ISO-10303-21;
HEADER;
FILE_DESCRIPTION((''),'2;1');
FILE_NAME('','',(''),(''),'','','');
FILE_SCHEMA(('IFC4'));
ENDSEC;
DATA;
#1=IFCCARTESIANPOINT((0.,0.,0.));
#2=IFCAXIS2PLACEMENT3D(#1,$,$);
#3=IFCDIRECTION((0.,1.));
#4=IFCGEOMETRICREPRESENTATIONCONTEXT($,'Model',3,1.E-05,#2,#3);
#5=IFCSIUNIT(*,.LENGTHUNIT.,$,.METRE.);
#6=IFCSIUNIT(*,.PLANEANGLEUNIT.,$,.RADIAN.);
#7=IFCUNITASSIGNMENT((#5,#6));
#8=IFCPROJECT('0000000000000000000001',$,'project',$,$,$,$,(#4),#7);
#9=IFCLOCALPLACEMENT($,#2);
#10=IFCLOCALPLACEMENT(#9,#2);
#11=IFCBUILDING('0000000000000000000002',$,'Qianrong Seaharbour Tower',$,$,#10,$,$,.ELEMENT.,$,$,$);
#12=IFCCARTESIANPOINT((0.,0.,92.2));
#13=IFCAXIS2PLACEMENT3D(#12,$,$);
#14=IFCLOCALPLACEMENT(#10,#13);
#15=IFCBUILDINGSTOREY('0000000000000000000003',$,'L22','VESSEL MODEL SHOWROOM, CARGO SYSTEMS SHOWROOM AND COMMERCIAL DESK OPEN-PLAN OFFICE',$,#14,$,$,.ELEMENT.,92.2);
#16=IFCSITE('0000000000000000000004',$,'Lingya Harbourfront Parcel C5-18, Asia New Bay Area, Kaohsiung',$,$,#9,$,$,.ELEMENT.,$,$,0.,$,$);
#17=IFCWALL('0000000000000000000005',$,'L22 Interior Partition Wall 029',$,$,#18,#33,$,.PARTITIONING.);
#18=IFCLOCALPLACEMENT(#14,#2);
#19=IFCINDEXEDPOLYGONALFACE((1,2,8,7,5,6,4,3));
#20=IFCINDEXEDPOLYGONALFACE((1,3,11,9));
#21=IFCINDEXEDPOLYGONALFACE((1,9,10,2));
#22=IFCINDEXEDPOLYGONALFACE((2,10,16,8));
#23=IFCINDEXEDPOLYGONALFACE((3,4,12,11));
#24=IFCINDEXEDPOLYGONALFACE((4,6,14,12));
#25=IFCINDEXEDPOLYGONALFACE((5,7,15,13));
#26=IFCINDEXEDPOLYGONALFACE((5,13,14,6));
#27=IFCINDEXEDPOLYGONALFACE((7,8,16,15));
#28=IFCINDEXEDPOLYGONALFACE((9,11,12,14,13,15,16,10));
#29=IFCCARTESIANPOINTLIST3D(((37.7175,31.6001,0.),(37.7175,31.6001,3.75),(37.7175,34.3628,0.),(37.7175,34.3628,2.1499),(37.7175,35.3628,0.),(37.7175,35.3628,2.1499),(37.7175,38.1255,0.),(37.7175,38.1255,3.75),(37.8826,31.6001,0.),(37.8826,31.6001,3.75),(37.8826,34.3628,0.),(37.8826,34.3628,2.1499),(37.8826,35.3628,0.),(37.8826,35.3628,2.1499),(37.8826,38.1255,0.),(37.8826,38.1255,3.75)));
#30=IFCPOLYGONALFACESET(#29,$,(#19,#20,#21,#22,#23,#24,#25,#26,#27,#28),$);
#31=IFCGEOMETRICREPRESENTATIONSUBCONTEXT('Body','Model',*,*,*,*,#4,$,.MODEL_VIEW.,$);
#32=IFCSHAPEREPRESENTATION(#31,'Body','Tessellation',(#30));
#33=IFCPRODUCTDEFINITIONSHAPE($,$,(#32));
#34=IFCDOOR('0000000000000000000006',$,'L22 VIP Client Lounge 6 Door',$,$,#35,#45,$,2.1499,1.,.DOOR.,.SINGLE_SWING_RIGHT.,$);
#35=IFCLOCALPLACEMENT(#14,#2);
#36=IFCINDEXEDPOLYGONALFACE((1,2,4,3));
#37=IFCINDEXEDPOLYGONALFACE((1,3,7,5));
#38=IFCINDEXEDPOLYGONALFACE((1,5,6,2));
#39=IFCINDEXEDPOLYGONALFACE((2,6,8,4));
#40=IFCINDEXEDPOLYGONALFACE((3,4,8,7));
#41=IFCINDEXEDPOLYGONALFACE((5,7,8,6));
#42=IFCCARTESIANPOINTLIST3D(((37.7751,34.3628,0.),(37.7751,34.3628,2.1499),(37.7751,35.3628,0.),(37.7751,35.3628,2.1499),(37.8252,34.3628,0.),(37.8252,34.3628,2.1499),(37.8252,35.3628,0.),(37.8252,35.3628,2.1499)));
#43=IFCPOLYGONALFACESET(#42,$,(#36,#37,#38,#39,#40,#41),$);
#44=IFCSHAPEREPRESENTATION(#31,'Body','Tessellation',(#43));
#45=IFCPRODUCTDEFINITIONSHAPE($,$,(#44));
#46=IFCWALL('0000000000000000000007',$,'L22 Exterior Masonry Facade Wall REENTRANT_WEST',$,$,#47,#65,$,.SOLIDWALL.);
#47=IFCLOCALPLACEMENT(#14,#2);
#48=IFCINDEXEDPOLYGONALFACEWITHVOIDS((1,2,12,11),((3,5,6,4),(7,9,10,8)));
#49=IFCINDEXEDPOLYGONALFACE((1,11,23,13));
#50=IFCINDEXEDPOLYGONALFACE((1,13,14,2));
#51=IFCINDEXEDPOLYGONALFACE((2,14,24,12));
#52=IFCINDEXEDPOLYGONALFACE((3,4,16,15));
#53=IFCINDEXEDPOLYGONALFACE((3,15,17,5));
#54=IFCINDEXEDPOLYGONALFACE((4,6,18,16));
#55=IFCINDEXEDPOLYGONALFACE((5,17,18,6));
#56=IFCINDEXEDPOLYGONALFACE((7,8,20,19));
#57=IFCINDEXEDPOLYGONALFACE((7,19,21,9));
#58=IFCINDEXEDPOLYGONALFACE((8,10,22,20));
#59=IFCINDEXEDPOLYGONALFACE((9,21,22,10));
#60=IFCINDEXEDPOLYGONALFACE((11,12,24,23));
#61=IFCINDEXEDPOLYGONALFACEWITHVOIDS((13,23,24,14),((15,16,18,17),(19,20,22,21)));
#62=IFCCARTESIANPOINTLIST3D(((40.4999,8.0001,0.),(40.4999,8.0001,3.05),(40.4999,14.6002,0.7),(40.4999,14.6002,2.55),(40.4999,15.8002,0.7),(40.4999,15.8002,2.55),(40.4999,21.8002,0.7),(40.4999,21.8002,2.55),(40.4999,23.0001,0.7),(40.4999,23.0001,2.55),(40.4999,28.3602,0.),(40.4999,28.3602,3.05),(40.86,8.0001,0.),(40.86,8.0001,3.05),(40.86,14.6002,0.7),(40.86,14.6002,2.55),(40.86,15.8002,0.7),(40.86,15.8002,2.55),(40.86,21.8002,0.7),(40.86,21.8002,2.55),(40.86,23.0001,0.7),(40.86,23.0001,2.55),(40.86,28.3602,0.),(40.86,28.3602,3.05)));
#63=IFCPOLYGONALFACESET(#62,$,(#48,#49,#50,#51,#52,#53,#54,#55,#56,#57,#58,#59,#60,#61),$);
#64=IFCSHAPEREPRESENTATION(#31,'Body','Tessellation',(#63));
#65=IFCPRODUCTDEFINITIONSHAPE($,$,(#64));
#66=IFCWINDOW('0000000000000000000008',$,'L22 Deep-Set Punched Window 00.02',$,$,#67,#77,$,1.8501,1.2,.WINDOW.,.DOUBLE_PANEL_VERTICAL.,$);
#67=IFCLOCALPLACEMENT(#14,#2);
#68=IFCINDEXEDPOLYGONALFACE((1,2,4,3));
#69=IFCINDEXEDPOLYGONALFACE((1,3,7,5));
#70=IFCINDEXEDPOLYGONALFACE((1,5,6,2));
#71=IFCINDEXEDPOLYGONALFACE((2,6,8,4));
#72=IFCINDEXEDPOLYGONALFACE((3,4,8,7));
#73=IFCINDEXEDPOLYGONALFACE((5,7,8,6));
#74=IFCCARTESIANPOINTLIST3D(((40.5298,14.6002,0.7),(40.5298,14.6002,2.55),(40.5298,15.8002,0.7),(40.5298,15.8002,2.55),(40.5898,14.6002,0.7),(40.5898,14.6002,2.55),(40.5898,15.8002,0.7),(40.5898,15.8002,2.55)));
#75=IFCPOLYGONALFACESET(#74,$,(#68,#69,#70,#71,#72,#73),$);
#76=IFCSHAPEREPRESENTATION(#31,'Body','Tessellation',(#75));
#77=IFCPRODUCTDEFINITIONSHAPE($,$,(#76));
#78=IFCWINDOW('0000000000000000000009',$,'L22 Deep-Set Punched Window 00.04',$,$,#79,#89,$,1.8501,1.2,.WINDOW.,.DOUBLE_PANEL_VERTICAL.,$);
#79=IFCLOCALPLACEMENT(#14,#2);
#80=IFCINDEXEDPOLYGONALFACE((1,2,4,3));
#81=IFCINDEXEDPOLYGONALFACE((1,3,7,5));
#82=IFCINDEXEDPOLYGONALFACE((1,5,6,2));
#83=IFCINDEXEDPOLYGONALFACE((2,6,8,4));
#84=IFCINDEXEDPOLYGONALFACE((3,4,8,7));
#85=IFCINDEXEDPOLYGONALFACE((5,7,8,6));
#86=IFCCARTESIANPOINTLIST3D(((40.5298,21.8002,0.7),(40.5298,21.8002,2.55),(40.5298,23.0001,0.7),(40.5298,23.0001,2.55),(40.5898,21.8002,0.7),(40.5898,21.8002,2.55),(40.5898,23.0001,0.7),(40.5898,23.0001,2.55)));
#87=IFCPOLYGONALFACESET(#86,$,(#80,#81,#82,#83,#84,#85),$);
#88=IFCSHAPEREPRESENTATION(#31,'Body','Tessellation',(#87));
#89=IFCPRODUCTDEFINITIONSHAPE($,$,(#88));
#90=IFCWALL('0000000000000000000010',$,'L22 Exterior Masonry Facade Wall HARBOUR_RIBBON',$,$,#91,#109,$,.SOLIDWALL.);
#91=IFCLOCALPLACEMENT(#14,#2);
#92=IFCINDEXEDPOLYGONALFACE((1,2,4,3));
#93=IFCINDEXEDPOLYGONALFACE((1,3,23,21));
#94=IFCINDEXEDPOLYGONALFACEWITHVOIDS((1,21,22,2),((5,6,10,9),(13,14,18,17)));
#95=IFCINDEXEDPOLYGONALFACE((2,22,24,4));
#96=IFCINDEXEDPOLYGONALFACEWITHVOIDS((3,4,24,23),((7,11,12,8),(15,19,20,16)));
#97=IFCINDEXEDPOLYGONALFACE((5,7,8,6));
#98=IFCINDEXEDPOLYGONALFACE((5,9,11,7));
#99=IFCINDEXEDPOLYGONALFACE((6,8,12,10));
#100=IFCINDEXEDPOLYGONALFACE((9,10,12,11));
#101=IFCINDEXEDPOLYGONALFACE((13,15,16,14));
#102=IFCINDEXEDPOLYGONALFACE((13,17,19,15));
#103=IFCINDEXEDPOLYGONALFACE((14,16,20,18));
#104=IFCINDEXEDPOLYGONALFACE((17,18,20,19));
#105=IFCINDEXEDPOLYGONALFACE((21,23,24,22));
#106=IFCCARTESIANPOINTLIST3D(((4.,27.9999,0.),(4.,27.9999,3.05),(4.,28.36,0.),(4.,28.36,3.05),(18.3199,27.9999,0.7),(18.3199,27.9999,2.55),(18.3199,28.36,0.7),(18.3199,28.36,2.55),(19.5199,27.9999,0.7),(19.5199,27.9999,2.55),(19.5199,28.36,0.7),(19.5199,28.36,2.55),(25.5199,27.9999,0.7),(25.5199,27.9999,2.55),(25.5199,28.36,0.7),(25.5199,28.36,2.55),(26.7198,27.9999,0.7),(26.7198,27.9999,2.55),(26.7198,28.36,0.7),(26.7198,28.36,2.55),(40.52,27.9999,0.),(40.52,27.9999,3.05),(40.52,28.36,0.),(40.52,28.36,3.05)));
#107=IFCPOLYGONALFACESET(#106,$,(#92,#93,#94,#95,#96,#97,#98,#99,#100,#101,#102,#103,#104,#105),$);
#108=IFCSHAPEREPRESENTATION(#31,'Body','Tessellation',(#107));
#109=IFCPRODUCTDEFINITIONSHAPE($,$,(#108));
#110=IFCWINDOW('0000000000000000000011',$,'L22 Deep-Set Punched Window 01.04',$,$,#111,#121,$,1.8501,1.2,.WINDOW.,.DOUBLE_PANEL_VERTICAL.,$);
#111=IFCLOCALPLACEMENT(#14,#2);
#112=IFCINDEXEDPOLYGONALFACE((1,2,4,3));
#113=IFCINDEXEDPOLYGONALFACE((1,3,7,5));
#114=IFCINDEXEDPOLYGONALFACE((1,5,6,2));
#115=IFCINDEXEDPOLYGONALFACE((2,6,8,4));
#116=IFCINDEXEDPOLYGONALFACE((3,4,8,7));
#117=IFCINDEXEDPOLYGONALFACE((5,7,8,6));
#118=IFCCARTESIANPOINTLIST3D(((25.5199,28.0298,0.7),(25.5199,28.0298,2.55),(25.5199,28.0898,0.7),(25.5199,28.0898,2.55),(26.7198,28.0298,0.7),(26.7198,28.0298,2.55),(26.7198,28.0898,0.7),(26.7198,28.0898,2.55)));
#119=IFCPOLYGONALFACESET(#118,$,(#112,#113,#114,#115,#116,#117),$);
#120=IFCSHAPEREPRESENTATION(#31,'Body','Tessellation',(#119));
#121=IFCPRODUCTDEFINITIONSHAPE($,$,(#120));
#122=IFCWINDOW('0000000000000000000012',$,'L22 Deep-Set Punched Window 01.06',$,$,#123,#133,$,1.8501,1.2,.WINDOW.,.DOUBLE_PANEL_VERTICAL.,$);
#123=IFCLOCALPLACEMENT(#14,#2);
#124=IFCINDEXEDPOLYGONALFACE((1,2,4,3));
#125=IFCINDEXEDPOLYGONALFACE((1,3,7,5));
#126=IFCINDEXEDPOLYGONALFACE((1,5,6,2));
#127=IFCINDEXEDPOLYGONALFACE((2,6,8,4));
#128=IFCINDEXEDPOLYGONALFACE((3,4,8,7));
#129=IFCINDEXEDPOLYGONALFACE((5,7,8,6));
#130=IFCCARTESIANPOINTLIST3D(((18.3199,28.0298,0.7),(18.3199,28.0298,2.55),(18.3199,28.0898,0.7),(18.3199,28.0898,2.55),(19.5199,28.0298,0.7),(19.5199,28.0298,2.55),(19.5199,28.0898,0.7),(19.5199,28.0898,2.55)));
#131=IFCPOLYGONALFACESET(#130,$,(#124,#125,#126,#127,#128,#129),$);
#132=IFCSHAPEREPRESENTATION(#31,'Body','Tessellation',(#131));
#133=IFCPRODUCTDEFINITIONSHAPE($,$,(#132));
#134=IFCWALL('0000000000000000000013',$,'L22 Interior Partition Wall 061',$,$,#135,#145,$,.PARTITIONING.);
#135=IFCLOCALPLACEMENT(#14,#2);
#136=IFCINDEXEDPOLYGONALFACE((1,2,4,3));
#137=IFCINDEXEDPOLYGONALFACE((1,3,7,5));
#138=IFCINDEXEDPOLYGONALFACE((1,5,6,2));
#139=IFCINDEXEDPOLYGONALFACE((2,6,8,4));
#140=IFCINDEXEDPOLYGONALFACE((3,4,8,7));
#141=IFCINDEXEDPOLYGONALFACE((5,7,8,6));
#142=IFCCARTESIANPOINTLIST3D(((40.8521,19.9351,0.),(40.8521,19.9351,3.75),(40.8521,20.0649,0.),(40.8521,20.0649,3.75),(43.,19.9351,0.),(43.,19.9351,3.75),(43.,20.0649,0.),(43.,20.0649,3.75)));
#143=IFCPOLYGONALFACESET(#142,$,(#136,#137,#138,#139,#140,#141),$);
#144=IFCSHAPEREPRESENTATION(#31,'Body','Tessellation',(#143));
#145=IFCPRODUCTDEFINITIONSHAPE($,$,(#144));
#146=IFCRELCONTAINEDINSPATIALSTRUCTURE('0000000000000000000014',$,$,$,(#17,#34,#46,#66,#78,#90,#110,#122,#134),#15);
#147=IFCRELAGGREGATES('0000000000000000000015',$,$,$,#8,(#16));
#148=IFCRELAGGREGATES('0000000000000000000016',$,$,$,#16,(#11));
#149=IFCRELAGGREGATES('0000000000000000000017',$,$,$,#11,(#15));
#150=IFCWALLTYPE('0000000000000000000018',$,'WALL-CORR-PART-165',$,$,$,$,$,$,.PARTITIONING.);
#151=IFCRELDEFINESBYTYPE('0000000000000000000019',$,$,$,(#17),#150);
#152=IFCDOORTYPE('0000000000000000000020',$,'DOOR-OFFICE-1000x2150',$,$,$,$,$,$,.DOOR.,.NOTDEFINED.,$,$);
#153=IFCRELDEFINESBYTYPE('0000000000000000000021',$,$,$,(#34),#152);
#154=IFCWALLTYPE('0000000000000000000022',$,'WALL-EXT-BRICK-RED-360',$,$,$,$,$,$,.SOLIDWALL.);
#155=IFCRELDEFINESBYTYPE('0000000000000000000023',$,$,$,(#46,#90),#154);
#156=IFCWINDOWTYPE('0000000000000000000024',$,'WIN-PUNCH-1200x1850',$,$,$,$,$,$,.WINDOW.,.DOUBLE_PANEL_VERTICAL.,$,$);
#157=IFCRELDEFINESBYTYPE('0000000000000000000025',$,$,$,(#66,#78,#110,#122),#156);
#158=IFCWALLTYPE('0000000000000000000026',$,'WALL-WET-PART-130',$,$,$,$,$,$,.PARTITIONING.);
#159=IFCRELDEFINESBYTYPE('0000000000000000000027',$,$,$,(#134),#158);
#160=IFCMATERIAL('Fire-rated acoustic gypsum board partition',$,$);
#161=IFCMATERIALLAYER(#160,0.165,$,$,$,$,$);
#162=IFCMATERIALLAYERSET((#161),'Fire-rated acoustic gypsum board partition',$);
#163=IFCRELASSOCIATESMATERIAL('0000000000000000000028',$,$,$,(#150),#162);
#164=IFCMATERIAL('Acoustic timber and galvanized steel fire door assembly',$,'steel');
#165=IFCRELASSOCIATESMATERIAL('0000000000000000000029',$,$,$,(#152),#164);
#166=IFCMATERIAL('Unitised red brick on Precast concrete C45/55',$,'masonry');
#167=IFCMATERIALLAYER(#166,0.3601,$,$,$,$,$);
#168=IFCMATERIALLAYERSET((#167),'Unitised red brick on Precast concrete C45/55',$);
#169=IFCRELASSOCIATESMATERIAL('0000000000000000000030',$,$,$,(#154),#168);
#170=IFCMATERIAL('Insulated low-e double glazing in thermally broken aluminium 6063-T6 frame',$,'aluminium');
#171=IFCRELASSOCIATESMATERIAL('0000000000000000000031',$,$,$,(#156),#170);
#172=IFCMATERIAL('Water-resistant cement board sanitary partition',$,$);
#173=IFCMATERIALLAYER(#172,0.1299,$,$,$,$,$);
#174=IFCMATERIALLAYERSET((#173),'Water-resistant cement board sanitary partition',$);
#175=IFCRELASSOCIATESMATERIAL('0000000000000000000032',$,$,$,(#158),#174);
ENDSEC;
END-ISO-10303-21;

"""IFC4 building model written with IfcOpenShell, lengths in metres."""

from ifc_helpers import new_model, si_unit, direction, frame, frame_2d, origin, place, context, subcontext, project, spatial, rectangle, extrude, material, layer, layer_set, type_object, element, fill, save


model = new_model("IFC4")

# Units and contexts
model_context = context("Model", 3, precision=1e-05, world=origin(), true_north=direction((0.0, 1.0)))
body_context = subcontext(model_context, "Body", "Model", "MODEL_VIEW")
ifc_project = project(units=[si_unit("LENGTHUNIT", "METRE"), si_unit("PLANEANGLEUNIT", "RADIAN")], contexts=[model_context])

# Site, building, storey
site_placement = place(None, origin())
site = spatial("IfcSite", under=ifc_project, at=site_placement, Name="Lingya Harbourfront Parcel C5-18, Asia New Bay Area, Kaohsiung", CompositionType="ELEMENT", RefElevation=0.0)
building_placement = place(site_placement, origin())
building = spatial("IfcBuilding", under=site, at=building_placement, Name="Qianrong Seaharbour Tower", CompositionType="ELEMENT")
storey_placement = place(building_placement, frame((0.0, 0.0, 92.2)))
storey = spatial("IfcBuildingStorey", under=building, at=storey_placement, Name="L22", Description="VESSEL MODEL SHOWROOM, CARGO SYSTEMS SHOWROOM AND COMMERCIAL DESK OPEN-PLAN OFFICE", CompositionType="ELEMENT", Elevation=92.2)

# Wall, opening, door
ifc_material_1 = material(Name="Fire-rated acoustic gypsum board partition")
ifc_layer_1 = layer(ifc_material_1, 0.165)
ifc_layer_set_1 = layer_set([ifc_layer_1], Name="Fire-rated acoustic gypsum board partition")
wall_type_1 = type_object("IfcWallType", Name="WALL-CORR-PART-165", PredefinedType="PARTITIONING", material=ifc_layer_set_1)
wall_1_placement = place(storey_placement, frame((37.8, 31.6001, 0.0), z_axis=(0.0, 0.0, 1.0), x_axis=(0.0, 1.0, 0.0)))
wall_1 = element("IfcWall", 1, at=wall_1_placement, inside=storey, type_object=wall_type_1, Name="L22 Interior Partition Wall 029", PredefinedType="PARTITIONING", context=body_context, shape_type="SweptSolid", body=[
    extrude(rectangle(XDim=6.5254, YDim=0.165, at=frame_2d((3.2627, 0.0))), origin(), (0.0, 0.0, 1.0), 3.75),
])
opening_1_placement = place(wall_1_placement, frame((2.7627, 0.0, 0.0)))
opening_1 = element("IfcOpeningElement", 2, at=opening_1_placement, cuts=wall_1, PredefinedType="OPENING", context=body_context, shape_type="SweptSolid", body=[
    extrude(rectangle(XDim=1.0, YDim=2.1499, at=frame_2d((0.5, 1.075))), frame((0.0, 0.0925, 0.0), z_axis=(0.0, -1.0, 0.0), x_axis=(1.0, 0.0, 0.0)), (0.0, 0.0, 1.0), 0.1851),
])
ifc_material_2 = material(Name="Acoustic timber and galvanized steel fire door assembly", Category="steel")
door_type = type_object("IfcDoorType", Name="DOOR-OFFICE-1000x2150", OperationType="NOTDEFINED", PredefinedType="DOOR", material=ifc_material_2)
door_placement = place(opening_1_placement, origin())
door = element("IfcDoor", 3, at=door_placement, inside=storey, type_object=door_type, Name="L22 VIP Client Lounge 6 Door", OperationType="SINGLE_SWING_RIGHT", OverallHeight=2.1499, OverallWidth=1.0, PredefinedType="DOOR", context=body_context, shape_type="SweptSolid", body=[
    extrude(rectangle(XDim=1.0, YDim=2.1499, at=frame_2d((0.5, 1.075))), frame((0.0, 0.0249, 0.0), z_axis=(0.0, -1.0, 0.0), x_axis=(1.0, 0.0, 0.0)), (0.0, 0.0, 1.0), 0.05),
])
fill(opening_1, door)

# Walls, openings, windows
ifc_material_3 = material(Name="Unitised red brick on Precast concrete C45/55", Category="masonry")
ifc_layer_2 = layer(ifc_material_3, 0.3601)
ifc_layer_set_2 = layer_set([ifc_layer_2], Name="Unitised red brick on Precast concrete C45/55")
wall_type_2 = type_object("IfcWallType", Name="WALL-EXT-BRICK-RED-360", PredefinedType="SOLIDWALL", material=ifc_layer_set_2)
wall_2_placement = place(storey_placement, frame((40.6799, 8.0, 0.0), z_axis=(0.0, 0.0, 1.0), x_axis=(0.0, 1.0, 0.0)))
wall_2 = element("IfcWall", 4, at=wall_2_placement, inside=storey, type_object=wall_type_2, Name="L22 Exterior Masonry Facade Wall REENTRANT_WEST", PredefinedType="SOLIDWALL", context=body_context, shape_type="SweptSolid", body=[
    extrude(rectangle(XDim=20.3601, YDim=0.3601, at=frame_2d((10.1802, 0.0))), origin(), (0.0, 0.0, 1.0), 3.05),
])
opening_2_placement = place(wall_2_placement, frame((6.6001, 0.0, 0.7)))
opening_2 = element("IfcOpeningElement", 5, at=opening_2_placement, cuts=wall_2, PredefinedType="OPENING", context=body_context, shape_type="SweptSolid", body=[
    extrude(rectangle(XDim=1.2, YDim=1.8501, at=frame_2d((0.6001, 0.925))), frame((0.0, 0.1899, 0.0), z_axis=(0.0, -1.0, 0.0), x_axis=(1.0, 0.0, 0.0)), (0.0, 0.0, 1.0), 0.3801),
])
opening_3_placement = place(wall_2_placement, frame((13.8, 0.0, 0.7)))
opening_3 = element("IfcOpeningElement", 6, at=opening_3_placement, cuts=wall_2, PredefinedType="OPENING", context=body_context, shape_type="SweptSolid", body=[
    extrude(rectangle(XDim=1.2, YDim=1.8501, at=frame_2d((0.6001, 0.925))), frame((0.0, 0.1899, 0.0), z_axis=(0.0, -1.0, 0.0), x_axis=(1.0, 0.0, 0.0)), (0.0, 0.0, 1.0), 0.3801),
])
ifc_material_4 = material(Name="Insulated low-e double glazing in thermally broken aluminium 6063-T6 frame", Category="aluminium")
window_type = type_object("IfcWindowType", Name="WIN-PUNCH-1200x1850", PartitioningType="DOUBLE_PANEL_VERTICAL", PredefinedType="WINDOW", material=ifc_material_4)
window_1_placement = place(opening_2_placement, origin())
window_1 = element("IfcWindow", 7, at=window_1_placement, inside=storey, type_object=window_type, Name="L22 Deep-Set Punched Window 00.02", OverallHeight=1.8501, OverallWidth=1.2, PartitioningType="DOUBLE_PANEL_VERTICAL", PredefinedType="WINDOW", context=body_context, shape_type="SweptSolid", body=[
    extrude(rectangle(XDim=1.2, YDim=1.8501, at=frame_2d((0.6001, 0.925))), frame((0.0, 0.1501, 0.0), z_axis=(0.0, -1.0, 0.0), x_axis=(1.0, 0.0, 0.0)), (0.0, 0.0, 1.0), 0.0601),
])
fill(opening_2, window_1)
window_2_placement = place(opening_3_placement, origin())
window_2 = element("IfcWindow", 8, at=window_2_placement, inside=storey, type_object=window_type, Name="L22 Deep-Set Punched Window 00.04", OverallHeight=1.8501, OverallWidth=1.2, PartitioningType="DOUBLE_PANEL_VERTICAL", PredefinedType="WINDOW", context=body_context, shape_type="SweptSolid", body=[
    extrude(rectangle(XDim=1.2, YDim=1.8501, at=frame_2d((0.6001, 0.925))), frame((0.0, 0.1501, 0.0), z_axis=(0.0, -1.0, 0.0), x_axis=(1.0, 0.0, 0.0)), (0.0, 0.0, 1.0), 0.0601),
])
fill(opening_3, window_2)
wall_3_placement = place(storey_placement, frame((40.52, 28.1799, 0.0), z_axis=(0.0, 0.0, 1.0), x_axis=(-1.0, 0.0, 0.0)))
wall_3 = element("IfcWall", 9, at=wall_3_placement, inside=storey, type_object=wall_type_2, Name="L22 Exterior Masonry Facade Wall HARBOUR_RIBBON", PredefinedType="SOLIDWALL", context=body_context, shape_type="SweptSolid", body=[
    extrude(rectangle(XDim=36.52, YDim=0.3601, at=frame_2d((18.26, 0.0))), origin(), (0.0, 0.0, 1.0), 3.05),
])
opening_4_placement = place(wall_3_placement, frame((13.8, 0.0, 0.7)))
opening_4 = element("IfcOpeningElement", 10, at=opening_4_placement, cuts=wall_3, PredefinedType="OPENING", context=body_context, shape_type="SweptSolid", body=[
    extrude(rectangle(XDim=1.2, YDim=1.8501, at=frame_2d((0.6001, 0.925))), frame((0.0, 0.1899, 0.0), z_axis=(0.0, -1.0, 0.0), x_axis=(1.0, 0.0, 0.0)), (0.0, 0.0, 1.0), 0.3801),
])
opening_5_placement = place(wall_3_placement, frame((21.0, 0.0, 0.7)))
opening_5 = element("IfcOpeningElement", 11, at=opening_5_placement, cuts=wall_3, PredefinedType="OPENING", context=body_context, shape_type="SweptSolid", body=[
    extrude(rectangle(XDim=1.2, YDim=1.8501, at=frame_2d((0.6001, 0.925))), frame((0.0, 0.1899, 0.0), z_axis=(0.0, -1.0, 0.0), x_axis=(1.0, 0.0, 0.0)), (0.0, 0.0, 1.0), 0.3801),
])
window_3_placement = place(opening_4_placement, origin())
window_3 = element("IfcWindow", 12, at=window_3_placement, inside=storey, type_object=window_type, Name="L22 Deep-Set Punched Window 01.04", OverallHeight=1.8501, OverallWidth=1.2, PartitioningType="DOUBLE_PANEL_VERTICAL", PredefinedType="WINDOW", context=body_context, shape_type="SweptSolid", body=[
    extrude(rectangle(XDim=1.2, YDim=1.8501, at=frame_2d((0.6001, 0.925))), frame((0.0, 0.1501, 0.0), z_axis=(0.0, -1.0, 0.0), x_axis=(1.0, 0.0, 0.0)), (0.0, 0.0, 1.0), 0.0601),
])
fill(opening_4, window_3)
window_4_placement = place(opening_5_placement, origin())
window_4 = element("IfcWindow", 13, at=window_4_placement, inside=storey, type_object=window_type, Name="L22 Deep-Set Punched Window 01.06", OverallHeight=1.8501, OverallWidth=1.2, PartitioningType="DOUBLE_PANEL_VERTICAL", PredefinedType="WINDOW", context=body_context, shape_type="SweptSolid", body=[
    extrude(rectangle(XDim=1.2, YDim=1.8501, at=frame_2d((0.6001, 0.925))), frame((0.0, 0.1501, 0.0), z_axis=(0.0, -1.0, 0.0), x_axis=(1.0, 0.0, 0.0)), (0.0, 0.0, 1.0), 0.0601),
])
fill(opening_5, window_4)

# Wall
ifc_material_5 = material(Name="Water-resistant cement board sanitary partition")
ifc_layer_3 = layer(ifc_material_5, 0.1299)
ifc_layer_set_3 = layer_set([ifc_layer_3], Name="Water-resistant cement board sanitary partition")
wall_type_3 = type_object("IfcWallType", Name="WALL-WET-PART-130", PredefinedType="PARTITIONING", material=ifc_layer_set_3)
wall_4_placement = place(storey_placement, frame((40.8521, 20.0, 0.0), z_axis=(0.0, 0.0, 1.0), x_axis=(1.0, 0.0, 0.0)))
element("IfcWall", 14, at=wall_4_placement, inside=storey, type_object=wall_type_3, Name="L22 Interior Partition Wall 061", PredefinedType="PARTITIONING", context=body_context, shape_type="SweptSolid", body=[
    extrude(rectangle(XDim=2.1479, YDim=0.1299, at=frame_2d((1.074, 0.0))), origin(), (0.0, 0.0, 1.0), 3.75),
])

save(model, "model.ifc")
